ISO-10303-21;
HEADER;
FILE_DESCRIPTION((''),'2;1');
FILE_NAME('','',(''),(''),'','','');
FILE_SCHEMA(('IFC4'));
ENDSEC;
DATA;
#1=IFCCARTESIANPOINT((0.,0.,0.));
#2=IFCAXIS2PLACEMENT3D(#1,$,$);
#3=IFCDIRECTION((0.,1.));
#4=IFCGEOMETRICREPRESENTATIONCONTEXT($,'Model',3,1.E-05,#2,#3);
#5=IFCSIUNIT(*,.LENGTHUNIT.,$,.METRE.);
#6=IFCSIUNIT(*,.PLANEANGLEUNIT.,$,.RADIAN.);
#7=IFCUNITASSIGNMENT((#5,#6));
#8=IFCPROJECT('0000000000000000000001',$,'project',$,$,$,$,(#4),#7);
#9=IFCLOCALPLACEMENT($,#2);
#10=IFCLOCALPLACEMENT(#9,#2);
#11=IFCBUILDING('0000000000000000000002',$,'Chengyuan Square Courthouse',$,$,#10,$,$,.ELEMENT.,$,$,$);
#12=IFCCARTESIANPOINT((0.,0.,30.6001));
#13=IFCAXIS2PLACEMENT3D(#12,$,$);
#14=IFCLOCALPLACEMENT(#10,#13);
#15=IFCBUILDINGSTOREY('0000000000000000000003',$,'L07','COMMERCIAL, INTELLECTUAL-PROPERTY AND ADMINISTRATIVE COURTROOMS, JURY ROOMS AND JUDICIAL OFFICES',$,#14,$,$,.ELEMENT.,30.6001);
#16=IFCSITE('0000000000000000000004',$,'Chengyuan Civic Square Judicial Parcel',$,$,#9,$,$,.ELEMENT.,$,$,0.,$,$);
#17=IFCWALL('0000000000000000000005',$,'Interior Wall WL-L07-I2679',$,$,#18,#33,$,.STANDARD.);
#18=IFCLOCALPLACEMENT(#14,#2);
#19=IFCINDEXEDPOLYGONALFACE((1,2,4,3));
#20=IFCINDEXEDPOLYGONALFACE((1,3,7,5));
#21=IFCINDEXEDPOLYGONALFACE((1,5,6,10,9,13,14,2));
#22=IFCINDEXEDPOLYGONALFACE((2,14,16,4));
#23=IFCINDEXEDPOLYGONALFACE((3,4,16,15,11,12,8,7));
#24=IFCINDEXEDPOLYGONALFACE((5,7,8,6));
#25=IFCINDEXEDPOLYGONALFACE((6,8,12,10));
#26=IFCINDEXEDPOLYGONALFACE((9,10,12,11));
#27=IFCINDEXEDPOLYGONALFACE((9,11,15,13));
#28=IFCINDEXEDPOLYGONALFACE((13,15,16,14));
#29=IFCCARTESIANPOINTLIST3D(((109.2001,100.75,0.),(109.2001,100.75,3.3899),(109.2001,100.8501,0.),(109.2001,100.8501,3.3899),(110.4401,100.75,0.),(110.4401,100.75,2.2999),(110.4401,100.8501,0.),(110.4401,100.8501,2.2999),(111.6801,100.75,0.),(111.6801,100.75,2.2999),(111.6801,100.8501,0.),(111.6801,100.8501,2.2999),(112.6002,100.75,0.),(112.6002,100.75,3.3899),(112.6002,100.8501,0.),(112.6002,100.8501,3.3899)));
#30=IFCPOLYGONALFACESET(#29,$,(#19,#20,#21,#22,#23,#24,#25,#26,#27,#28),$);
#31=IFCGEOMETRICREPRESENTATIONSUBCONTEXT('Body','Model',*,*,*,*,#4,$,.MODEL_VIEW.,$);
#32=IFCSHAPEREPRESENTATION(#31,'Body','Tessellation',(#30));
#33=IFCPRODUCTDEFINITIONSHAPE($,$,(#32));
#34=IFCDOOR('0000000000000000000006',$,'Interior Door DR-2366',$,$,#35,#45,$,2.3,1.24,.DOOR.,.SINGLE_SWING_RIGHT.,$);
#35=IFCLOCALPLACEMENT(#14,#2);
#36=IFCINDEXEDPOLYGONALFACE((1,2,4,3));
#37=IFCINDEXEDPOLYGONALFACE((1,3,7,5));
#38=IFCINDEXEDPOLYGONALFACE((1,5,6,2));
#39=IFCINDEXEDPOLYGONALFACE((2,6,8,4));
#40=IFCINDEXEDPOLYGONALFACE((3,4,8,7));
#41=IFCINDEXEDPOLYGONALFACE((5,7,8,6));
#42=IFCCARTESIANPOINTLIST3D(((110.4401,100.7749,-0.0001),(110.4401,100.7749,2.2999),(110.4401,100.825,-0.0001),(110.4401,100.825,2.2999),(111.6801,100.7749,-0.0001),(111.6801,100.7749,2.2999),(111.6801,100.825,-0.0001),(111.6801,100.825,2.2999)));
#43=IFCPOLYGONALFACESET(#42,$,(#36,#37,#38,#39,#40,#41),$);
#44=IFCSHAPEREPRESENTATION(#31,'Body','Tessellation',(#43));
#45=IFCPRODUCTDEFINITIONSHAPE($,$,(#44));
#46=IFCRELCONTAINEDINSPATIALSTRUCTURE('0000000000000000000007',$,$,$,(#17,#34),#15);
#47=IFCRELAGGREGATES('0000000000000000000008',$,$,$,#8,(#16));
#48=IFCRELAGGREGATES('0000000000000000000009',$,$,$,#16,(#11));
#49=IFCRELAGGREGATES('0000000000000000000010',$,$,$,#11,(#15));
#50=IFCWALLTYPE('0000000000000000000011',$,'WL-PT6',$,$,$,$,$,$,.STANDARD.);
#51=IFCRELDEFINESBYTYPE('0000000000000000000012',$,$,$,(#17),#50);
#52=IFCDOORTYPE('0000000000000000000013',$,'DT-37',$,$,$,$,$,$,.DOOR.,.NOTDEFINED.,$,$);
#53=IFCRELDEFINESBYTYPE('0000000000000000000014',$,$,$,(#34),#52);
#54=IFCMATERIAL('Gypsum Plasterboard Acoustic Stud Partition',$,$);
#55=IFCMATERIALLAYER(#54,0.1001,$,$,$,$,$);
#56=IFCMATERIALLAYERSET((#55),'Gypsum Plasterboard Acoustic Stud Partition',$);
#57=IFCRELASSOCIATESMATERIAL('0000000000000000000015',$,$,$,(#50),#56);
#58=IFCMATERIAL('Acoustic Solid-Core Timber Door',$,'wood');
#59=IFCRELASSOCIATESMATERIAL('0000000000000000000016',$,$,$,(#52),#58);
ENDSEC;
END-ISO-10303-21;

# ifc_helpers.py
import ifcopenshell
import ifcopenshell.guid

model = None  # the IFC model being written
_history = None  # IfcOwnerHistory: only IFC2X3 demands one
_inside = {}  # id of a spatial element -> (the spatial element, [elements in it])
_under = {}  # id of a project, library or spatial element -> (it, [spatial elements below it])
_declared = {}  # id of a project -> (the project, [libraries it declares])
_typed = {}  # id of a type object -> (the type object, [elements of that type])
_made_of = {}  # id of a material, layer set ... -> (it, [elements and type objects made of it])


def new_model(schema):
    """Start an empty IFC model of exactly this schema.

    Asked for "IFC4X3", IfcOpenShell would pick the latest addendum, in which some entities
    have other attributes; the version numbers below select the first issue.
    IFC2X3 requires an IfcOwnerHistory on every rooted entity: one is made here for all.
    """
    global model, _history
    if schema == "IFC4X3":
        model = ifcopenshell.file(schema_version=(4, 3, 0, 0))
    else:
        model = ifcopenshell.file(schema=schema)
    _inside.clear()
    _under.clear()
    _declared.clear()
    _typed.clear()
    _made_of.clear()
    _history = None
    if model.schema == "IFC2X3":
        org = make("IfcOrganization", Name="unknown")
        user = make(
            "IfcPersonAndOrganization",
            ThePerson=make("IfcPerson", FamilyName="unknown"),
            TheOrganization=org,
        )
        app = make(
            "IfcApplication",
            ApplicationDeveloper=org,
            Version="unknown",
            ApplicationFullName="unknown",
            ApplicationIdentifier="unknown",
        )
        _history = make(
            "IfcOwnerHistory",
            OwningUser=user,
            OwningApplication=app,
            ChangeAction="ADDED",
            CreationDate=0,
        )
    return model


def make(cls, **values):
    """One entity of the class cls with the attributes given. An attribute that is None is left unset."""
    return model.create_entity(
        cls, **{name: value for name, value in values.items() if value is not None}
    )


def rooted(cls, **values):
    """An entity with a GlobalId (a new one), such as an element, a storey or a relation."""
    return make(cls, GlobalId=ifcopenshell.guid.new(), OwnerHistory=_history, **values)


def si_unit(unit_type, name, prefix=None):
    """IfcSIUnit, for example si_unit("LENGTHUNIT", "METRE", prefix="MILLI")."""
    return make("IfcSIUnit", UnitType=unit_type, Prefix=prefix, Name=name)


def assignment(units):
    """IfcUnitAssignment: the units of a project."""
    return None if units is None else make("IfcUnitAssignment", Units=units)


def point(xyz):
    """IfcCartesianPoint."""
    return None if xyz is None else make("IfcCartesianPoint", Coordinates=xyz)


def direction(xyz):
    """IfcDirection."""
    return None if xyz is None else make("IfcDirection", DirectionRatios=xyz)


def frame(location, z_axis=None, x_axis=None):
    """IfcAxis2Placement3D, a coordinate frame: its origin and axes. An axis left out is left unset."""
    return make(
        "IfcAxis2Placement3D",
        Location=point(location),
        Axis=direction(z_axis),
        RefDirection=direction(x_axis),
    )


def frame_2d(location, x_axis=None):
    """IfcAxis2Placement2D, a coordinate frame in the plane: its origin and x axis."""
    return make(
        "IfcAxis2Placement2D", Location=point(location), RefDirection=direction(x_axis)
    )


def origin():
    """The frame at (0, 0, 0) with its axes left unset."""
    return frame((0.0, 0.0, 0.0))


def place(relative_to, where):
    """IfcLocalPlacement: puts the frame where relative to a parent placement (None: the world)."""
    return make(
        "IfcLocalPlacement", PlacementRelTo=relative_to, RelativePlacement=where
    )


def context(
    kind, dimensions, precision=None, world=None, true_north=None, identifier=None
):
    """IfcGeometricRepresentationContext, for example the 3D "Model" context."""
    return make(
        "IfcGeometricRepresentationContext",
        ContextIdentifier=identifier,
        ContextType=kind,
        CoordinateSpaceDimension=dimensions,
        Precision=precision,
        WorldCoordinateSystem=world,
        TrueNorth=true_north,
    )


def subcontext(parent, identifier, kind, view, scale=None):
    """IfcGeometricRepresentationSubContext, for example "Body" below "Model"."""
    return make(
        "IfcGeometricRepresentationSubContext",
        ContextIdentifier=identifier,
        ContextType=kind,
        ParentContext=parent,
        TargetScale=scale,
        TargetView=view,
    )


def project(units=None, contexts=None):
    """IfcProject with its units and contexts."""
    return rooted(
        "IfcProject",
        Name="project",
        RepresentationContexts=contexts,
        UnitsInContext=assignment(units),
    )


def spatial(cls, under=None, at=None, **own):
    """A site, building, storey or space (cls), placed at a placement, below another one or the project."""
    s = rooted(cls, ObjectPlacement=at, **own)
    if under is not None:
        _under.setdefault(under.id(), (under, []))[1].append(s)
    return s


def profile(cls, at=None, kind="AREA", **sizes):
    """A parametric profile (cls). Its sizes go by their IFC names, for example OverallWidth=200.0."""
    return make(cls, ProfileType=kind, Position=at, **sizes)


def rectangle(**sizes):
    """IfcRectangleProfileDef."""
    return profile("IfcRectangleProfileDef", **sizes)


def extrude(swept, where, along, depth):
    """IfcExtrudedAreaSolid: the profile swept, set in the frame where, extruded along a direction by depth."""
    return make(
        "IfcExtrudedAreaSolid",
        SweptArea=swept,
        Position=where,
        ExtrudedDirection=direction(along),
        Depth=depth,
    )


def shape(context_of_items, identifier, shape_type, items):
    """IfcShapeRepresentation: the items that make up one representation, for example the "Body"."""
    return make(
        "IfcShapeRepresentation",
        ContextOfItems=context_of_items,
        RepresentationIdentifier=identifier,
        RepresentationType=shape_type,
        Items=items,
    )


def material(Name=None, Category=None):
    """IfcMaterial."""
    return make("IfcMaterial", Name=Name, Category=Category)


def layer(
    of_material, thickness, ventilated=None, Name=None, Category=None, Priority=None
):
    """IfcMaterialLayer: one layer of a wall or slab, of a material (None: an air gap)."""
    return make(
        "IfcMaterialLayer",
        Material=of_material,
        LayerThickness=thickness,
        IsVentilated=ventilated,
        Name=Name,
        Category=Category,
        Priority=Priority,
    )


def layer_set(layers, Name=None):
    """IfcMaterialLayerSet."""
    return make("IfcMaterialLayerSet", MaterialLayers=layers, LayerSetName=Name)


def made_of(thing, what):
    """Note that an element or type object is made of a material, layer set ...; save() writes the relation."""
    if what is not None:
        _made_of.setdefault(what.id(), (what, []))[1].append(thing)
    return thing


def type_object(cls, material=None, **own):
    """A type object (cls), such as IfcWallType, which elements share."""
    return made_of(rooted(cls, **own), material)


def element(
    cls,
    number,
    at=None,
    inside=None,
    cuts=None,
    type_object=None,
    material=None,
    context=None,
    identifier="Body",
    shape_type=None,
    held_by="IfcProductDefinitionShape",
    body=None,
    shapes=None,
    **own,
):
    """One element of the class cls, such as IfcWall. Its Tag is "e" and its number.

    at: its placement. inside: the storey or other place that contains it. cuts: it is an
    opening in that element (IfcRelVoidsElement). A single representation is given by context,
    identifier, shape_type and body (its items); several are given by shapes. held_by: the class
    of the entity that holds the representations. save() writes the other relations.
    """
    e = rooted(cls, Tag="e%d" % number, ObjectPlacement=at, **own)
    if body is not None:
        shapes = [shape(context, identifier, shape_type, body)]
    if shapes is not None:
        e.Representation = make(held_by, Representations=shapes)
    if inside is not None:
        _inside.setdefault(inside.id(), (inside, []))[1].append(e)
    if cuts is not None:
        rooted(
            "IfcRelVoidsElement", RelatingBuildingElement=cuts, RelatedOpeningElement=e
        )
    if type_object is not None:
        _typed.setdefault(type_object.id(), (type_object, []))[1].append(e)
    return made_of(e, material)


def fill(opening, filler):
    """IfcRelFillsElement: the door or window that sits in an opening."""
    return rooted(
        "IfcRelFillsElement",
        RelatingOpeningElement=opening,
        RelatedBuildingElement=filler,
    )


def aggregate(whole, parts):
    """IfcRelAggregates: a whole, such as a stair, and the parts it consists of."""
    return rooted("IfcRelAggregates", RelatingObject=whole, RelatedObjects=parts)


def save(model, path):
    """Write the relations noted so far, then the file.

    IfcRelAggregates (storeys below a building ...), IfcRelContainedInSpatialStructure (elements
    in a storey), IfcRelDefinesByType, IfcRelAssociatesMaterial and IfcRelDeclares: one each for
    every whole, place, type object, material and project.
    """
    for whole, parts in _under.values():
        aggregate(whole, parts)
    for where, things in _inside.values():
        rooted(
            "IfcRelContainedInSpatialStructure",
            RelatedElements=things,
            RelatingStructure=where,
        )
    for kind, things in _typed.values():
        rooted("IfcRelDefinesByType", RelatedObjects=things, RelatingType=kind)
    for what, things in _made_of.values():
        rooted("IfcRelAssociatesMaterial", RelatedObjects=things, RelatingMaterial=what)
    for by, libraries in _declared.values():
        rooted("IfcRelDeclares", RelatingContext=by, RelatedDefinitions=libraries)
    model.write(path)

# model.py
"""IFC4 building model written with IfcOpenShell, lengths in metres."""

from ifc_helpers import new_model, si_unit, direction, frame, frame_2d, origin, place, context, subcontext, project, spatial, rectangle, extrude, material, layer, layer_set, type_object, element, fill, save


model = new_model("IFC4")

# Units and contexts
model_context = context("Model", 3, precision=1e-05, world=origin(), true_north=direction((0.0, 1.0)))
body_context = subcontext(model_context, "Body", "Model", "MODEL_VIEW")
ifc_project = project(units=[si_unit("LENGTHUNIT", "METRE"), si_unit("PLANEANGLEUNIT", "RADIAN")], contexts=[model_context])

# Site, building, storey
site_placement = place(None, origin())
site = spatial("IfcSite", under=ifc_project, at=site_placement, Name="Chengyuan Civic Square Judicial Parcel", CompositionType="ELEMENT", RefElevation=0.0)
building_placement = place(site_placement, origin())
building = spatial("IfcBuilding", under=site, at=building_placement, Name="Chengyuan Square Courthouse", CompositionType="ELEMENT")
storey_placement = place(building_placement, frame((0.0, 0.0, 30.6001)))
storey = spatial("IfcBuildingStorey", under=building, at=storey_placement, Name="L07", Description="COMMERCIAL, INTELLECTUAL-PROPERTY AND ADMINISTRATIVE COURTROOMS, JURY ROOMS AND JUDICIAL OFFICES", CompositionType="ELEMENT", Elevation=30.6001)

# Shared definitions
ifc_material_1 = material(Name="Acoustic Solid-Core Timber Door", Category="wood")

# Wall, opening, door
ifc_material_2 = material(Name="Gypsum Plasterboard Acoustic Stud Partition")
ifc_layer_1 = layer(ifc_material_2, 0.1001)
ifc_layer_set_1 = layer_set([ifc_layer_1], Name="Gypsum Plasterboard Acoustic Stud Partition")
wall_type_1 = type_object("IfcWallType", Name="WL-PT6", PredefinedType="STANDARD", material=ifc_layer_set_1)
wall_1_placement = place(storey_placement, frame((109.2, 100.8, 0.0), z_axis=(0.0, 0.0, 1.0), x_axis=(1.0, 0.0, 0.0)))
wall_1 = element("IfcWall", 1, at=wall_1_placement, inside=storey, type_object=wall_type_1, Name="Interior Wall WL-L07-I2679", PredefinedType="STANDARD", context=body_context, shape_type="SweptSolid", body=[
    extrude(rectangle(XDim=3.4001, YDim=0.1001, at=frame_2d((1.7002, 0.0))), origin(), (0.0, 0.0, 1.0), 3.3899),
])
opening_1_placement = place(wall_1_placement, frame((1.24, 0.0, 0.0)))
opening_1 = element("IfcOpeningElement", 2, at=opening_1_placement, cuts=wall_1, PredefinedType="OPENING", context=body_context, shape_type="SweptSolid", body=[
    extrude(rectangle(XDim=1.24, YDim=2.3, at=frame_2d((0.6201, 1.1499))), frame((0.0, 0.062, 0.0), z_axis=(0.0, -1.0, 0.0), x_axis=(1.0, 0.0, 0.0)), (0.0, 0.0, 1.0), 0.124),
])
door_type_1 = type_object("IfcDoorType", Name="DT-37", OperationType="NOTDEFINED", PredefinedType="DOOR", material=ifc_material_1)
door_1_placement = place(opening_1_placement, origin())
door_1 = element("IfcDoor", 3, at=door_1_placement, inside=storey, type_object=door_type_1, Name="Interior Door DR-2366", OperationType="SINGLE_SWING_RIGHT", OverallHeight=2.3, OverallWidth=1.24, PredefinedType="DOOR", context=body_context, shape_type="SweptSolid", body=[
    extrude(rectangle(XDim=1.24, YDim=2.3, at=frame_2d((0.6201, 1.1499))), frame((0.0, 0.0249, 0.0), z_axis=(0.0, -1.0, 0.0), x_axis=(1.0, 0.0, 0.0)), (0.0, 0.0, 1.0), 0.05),
])
fill(opening_1, door_1)

save(model, "model.ifc")
